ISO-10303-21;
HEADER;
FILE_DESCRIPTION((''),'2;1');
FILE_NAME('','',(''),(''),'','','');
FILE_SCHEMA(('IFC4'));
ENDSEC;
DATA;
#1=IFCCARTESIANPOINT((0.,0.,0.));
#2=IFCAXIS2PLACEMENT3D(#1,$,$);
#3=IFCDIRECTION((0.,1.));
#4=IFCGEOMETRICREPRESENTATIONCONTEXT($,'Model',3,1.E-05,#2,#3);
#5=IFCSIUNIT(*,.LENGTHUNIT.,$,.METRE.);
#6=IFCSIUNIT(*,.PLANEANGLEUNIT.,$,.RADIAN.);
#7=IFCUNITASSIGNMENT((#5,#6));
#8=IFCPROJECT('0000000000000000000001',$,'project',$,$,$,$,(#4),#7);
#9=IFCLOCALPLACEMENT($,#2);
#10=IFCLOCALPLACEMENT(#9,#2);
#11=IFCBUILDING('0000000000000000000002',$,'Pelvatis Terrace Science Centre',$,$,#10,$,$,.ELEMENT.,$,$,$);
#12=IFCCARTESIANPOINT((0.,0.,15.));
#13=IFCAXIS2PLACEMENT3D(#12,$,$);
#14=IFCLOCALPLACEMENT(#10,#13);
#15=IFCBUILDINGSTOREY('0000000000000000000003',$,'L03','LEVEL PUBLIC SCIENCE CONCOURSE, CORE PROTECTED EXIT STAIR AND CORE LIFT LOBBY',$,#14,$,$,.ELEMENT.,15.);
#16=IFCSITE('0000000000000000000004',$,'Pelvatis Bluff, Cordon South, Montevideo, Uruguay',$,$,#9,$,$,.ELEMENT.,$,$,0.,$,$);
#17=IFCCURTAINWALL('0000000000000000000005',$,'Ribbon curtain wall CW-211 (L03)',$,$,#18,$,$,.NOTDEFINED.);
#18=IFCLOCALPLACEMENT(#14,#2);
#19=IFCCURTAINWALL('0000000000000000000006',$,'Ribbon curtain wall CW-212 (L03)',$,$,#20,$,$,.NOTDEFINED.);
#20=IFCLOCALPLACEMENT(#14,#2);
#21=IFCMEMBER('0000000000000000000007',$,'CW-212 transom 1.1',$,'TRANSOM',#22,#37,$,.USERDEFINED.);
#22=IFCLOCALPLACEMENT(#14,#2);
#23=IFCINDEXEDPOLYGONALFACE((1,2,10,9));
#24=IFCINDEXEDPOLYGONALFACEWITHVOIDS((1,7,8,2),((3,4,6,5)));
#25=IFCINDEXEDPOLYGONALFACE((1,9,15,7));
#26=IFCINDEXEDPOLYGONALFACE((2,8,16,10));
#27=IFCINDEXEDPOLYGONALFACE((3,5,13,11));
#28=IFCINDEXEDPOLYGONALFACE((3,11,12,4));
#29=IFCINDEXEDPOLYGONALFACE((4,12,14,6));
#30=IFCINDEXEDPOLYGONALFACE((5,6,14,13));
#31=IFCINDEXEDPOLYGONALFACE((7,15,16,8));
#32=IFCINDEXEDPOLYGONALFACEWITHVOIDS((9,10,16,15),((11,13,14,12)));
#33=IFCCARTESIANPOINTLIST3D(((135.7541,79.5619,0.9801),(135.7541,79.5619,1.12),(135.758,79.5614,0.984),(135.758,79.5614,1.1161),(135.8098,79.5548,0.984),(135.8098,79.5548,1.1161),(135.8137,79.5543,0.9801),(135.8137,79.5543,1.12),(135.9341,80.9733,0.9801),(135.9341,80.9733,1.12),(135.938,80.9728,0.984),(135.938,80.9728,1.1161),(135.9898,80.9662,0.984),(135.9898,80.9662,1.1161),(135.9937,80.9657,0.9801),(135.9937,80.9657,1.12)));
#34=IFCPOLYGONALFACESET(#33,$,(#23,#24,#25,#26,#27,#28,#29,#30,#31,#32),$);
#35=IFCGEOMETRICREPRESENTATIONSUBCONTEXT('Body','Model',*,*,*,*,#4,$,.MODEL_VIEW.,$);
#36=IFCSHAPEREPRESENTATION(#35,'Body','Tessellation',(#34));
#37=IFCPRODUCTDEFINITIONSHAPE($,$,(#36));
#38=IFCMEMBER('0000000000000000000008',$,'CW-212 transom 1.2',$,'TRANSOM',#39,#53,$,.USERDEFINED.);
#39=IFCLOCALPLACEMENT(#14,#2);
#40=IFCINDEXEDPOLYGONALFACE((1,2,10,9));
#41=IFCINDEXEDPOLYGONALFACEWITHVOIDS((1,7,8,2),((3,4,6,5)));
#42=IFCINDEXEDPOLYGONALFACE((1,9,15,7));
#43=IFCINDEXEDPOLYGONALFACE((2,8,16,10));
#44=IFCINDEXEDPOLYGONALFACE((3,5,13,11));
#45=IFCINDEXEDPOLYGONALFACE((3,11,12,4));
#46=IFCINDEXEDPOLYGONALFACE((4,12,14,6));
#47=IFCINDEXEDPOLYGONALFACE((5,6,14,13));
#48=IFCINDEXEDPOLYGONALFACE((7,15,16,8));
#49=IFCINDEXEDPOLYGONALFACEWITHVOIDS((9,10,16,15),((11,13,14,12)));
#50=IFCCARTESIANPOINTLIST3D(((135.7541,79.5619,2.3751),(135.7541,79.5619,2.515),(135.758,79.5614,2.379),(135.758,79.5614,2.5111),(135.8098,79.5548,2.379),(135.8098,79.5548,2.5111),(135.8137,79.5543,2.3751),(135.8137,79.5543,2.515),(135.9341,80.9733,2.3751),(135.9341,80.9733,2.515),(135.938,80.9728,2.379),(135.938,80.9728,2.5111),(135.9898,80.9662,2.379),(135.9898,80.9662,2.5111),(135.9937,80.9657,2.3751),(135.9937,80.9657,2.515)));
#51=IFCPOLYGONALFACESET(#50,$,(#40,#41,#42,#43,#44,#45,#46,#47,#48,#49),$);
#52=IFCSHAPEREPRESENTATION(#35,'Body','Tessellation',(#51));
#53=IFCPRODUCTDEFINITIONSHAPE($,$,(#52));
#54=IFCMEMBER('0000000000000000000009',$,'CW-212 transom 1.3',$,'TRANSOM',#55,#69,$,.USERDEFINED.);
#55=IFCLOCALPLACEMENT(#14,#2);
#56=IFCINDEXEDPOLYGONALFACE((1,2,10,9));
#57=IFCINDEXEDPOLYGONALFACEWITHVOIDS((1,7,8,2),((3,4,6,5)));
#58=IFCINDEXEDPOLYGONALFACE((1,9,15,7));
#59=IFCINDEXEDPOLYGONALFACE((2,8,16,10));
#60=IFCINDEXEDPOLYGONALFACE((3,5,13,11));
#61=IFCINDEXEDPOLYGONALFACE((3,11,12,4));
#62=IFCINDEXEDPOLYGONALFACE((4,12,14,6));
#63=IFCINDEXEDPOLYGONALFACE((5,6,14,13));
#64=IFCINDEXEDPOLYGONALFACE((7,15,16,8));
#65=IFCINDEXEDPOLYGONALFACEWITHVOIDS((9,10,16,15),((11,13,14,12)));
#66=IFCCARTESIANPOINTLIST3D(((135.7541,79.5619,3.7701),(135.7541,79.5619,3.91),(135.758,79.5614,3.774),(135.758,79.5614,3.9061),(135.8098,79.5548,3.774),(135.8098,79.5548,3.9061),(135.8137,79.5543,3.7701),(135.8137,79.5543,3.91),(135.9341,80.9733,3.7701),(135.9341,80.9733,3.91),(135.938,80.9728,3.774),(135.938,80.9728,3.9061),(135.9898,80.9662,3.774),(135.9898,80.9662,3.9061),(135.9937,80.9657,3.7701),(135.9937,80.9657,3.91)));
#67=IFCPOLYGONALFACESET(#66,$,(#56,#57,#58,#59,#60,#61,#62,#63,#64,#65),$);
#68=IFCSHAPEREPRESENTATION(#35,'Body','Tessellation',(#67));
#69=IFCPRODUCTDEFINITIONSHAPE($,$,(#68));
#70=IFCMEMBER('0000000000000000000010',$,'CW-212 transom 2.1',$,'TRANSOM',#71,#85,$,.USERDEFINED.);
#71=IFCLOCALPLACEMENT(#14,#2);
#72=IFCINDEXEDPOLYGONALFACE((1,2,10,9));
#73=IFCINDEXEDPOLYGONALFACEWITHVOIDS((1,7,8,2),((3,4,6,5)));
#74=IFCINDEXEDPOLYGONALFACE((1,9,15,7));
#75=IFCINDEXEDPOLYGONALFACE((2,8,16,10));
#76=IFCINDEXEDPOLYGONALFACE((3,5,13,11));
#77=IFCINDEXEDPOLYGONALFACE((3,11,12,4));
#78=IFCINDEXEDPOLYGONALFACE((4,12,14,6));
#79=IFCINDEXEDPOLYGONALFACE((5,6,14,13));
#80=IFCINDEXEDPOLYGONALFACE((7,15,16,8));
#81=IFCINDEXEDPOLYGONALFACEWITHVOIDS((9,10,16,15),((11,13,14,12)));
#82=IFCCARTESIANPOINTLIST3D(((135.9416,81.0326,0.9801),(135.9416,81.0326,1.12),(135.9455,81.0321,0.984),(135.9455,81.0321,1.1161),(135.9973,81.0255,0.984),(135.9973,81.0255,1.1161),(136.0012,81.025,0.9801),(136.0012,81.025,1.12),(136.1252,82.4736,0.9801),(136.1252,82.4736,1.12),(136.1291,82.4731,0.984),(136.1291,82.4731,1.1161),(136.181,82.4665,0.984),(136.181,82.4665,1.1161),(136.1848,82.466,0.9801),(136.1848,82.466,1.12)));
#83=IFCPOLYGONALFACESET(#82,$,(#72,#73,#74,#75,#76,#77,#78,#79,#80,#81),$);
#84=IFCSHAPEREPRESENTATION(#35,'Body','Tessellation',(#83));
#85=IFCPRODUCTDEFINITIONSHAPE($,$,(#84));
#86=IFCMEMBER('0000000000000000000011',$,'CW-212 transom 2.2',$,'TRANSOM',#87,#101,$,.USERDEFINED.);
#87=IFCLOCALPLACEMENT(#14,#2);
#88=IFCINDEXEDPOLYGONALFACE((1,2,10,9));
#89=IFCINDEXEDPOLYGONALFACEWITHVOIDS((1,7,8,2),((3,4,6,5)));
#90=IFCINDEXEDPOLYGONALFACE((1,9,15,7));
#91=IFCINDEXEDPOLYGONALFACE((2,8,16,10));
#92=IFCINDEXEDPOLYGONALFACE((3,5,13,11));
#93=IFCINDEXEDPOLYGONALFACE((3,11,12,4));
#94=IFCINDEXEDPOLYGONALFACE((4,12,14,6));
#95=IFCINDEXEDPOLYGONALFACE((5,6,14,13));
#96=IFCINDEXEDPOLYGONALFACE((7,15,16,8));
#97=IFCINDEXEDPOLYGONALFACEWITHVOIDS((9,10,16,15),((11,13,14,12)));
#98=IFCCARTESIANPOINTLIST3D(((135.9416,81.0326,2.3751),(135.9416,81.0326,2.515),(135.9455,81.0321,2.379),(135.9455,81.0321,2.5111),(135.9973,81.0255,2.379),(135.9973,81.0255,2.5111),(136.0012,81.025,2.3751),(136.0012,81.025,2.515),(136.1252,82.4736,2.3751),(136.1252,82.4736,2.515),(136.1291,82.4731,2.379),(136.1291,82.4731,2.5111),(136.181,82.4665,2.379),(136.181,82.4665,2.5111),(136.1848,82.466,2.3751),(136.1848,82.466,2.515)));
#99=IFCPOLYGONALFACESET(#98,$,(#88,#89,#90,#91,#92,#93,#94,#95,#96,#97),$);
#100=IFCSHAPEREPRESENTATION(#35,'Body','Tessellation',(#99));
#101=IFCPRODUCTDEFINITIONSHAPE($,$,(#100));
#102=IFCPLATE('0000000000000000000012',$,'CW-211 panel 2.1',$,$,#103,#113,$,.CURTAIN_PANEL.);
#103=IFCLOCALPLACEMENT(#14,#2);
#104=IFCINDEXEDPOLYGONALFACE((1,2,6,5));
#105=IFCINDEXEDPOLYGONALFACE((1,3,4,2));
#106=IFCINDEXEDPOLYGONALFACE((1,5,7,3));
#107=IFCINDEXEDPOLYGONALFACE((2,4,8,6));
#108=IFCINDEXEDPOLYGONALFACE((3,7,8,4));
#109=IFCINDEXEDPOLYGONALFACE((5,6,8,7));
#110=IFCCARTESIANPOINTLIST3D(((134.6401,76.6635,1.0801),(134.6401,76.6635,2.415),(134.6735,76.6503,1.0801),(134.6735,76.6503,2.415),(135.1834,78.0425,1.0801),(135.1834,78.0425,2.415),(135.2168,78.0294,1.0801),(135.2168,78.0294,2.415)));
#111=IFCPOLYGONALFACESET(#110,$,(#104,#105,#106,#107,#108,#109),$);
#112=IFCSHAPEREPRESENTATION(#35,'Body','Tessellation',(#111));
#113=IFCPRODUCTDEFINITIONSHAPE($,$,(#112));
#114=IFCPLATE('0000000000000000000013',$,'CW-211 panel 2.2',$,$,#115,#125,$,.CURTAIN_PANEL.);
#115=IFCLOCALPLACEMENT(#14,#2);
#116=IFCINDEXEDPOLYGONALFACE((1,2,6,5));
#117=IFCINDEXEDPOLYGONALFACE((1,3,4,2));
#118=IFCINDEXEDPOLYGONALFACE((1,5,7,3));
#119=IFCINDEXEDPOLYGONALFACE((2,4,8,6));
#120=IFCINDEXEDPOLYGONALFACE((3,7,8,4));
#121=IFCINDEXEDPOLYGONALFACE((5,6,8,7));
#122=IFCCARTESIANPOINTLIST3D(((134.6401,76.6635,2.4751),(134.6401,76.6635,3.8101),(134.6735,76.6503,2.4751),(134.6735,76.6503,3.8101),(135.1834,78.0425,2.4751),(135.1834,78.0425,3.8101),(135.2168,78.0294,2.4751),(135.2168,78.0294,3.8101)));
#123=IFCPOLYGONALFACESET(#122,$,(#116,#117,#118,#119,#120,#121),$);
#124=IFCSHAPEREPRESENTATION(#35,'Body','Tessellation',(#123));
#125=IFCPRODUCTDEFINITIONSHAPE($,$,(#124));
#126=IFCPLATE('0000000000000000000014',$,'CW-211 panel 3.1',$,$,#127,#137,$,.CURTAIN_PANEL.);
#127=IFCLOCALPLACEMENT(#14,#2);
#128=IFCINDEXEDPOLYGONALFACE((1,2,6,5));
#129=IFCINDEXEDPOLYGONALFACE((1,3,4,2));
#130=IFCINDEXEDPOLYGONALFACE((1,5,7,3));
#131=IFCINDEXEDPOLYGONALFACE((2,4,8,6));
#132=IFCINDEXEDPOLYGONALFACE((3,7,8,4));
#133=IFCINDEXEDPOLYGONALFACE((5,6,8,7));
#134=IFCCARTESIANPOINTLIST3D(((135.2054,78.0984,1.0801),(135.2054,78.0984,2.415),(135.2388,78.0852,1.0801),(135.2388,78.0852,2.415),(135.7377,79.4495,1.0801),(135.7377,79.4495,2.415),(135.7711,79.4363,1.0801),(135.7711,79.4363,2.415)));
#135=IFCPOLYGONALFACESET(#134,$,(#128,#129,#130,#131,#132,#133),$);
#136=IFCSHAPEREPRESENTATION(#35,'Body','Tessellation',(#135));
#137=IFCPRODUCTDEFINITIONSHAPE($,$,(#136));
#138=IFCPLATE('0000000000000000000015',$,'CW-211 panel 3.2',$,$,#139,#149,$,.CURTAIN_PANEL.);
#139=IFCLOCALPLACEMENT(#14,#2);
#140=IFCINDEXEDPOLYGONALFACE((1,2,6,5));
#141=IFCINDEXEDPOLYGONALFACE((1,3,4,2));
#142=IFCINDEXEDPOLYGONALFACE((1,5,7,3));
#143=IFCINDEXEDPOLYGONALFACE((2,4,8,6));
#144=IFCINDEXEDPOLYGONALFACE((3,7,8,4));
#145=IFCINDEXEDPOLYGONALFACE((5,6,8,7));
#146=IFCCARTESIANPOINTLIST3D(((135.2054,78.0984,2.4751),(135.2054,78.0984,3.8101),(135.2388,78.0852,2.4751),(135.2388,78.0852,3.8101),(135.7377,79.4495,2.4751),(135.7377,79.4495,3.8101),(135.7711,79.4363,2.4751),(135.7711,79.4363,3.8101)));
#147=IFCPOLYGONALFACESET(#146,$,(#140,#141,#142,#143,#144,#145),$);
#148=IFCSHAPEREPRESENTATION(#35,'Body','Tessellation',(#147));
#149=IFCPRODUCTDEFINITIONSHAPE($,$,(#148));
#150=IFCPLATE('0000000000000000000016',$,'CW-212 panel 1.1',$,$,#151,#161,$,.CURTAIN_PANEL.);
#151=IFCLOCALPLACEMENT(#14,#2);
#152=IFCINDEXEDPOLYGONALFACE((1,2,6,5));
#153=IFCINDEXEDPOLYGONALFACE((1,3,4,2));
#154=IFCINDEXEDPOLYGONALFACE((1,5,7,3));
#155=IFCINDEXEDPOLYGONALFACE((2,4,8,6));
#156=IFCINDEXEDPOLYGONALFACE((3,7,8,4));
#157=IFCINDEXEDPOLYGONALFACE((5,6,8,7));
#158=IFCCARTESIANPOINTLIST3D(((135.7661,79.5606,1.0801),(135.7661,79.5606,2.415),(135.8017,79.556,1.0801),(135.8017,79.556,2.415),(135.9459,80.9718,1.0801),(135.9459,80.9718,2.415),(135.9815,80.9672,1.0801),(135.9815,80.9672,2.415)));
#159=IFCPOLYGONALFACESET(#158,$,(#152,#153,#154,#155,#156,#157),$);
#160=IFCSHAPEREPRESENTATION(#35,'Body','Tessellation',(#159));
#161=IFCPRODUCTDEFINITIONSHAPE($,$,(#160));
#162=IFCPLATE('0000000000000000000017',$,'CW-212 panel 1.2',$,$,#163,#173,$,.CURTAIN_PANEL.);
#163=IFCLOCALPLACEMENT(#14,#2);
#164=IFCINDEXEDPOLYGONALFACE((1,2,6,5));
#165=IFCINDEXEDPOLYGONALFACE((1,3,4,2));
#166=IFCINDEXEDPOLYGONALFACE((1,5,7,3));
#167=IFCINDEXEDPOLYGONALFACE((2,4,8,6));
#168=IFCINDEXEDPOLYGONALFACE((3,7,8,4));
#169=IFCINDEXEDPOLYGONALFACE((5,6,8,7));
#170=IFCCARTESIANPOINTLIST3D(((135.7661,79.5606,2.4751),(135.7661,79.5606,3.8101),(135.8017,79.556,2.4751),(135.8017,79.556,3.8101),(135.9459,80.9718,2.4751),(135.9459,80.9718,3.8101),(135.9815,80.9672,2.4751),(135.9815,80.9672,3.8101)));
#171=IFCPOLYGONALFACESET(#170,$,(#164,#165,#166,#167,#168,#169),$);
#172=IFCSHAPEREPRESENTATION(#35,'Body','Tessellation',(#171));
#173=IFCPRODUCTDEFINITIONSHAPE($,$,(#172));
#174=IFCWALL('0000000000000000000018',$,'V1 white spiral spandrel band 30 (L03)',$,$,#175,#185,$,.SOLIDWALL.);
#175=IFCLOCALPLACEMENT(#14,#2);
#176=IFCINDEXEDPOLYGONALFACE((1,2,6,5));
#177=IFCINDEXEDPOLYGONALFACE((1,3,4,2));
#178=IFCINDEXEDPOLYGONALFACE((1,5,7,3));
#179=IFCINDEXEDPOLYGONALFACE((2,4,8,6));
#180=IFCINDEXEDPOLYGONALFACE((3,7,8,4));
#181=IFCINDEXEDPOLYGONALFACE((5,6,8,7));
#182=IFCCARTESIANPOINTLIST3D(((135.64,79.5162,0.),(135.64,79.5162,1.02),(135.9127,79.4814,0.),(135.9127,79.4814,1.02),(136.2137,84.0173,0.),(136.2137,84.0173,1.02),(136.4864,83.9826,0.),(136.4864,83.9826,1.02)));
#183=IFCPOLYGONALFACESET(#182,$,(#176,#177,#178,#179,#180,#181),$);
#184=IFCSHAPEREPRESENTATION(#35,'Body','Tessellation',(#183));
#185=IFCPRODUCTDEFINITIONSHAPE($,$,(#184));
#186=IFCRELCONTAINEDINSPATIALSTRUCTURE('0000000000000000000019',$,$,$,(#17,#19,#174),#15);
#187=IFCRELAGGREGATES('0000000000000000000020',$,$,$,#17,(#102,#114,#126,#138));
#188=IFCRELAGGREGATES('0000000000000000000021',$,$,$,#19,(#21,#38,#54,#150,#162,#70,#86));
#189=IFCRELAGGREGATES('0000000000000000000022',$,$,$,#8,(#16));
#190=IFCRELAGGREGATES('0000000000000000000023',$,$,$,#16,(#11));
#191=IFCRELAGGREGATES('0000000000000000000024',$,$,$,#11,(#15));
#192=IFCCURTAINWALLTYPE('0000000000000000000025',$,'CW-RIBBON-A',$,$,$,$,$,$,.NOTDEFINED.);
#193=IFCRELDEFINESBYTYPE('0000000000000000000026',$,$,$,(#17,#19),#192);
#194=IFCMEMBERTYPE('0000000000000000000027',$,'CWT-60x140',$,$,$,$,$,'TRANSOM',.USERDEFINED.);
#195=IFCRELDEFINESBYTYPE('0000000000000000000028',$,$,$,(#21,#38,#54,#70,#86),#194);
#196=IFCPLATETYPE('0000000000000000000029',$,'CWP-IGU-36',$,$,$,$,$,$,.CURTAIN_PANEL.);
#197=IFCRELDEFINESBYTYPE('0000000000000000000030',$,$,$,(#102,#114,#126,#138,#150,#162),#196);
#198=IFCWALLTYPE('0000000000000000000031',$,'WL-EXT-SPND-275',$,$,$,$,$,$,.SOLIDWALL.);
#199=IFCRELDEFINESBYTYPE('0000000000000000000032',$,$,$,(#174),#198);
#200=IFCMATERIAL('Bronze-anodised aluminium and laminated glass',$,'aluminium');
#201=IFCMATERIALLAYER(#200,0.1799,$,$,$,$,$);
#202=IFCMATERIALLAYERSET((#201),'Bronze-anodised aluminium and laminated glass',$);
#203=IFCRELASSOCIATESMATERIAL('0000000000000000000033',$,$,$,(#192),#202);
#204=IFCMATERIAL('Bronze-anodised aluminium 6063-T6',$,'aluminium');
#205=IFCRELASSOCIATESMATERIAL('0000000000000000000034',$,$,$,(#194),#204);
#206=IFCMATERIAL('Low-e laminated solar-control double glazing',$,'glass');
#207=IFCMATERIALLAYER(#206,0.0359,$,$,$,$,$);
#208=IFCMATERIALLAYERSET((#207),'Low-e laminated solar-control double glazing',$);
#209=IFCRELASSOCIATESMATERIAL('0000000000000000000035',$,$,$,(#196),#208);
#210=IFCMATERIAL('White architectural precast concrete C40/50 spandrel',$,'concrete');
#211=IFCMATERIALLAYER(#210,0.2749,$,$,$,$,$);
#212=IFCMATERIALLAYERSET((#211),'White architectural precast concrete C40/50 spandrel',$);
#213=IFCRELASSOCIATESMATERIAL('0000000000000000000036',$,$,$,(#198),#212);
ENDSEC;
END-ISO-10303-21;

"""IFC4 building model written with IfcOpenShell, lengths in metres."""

from ifc_helpers import new_model, si_unit, direction, frame, frame_2d, origin, origin_2d, place, context, subcontext, project, spatial, rectangle, hollow_rectangle, extrude, material, layer, layer_set, material_profile, profile_set, type_object, element, aggregate, save


model = new_model("IFC4")

# Units and contexts
model_context = context("Model", 3, precision=1e-05, world=origin(), true_north=direction((0.0, 1.0)))
body_context = subcontext(model_context, "Body", "Model", "MODEL_VIEW")
ifc_project = project(units=[si_unit("LENGTHUNIT", "METRE"), si_unit("PLANEANGLEUNIT", "RADIAN")], contexts=[model_context])

# Site, building, storey
site_placement = place(None, origin())
site = spatial("IfcSite", under=ifc_project, at=site_placement, Name="Pelvatis Bluff, Cordon South, Montevideo, Uruguay", CompositionType="ELEMENT", RefElevation=0.0)
building_placement = place(site_placement, origin())
building = spatial("IfcBuilding", under=site, at=building_placement, Name="Pelvatis Terrace Science Centre", CompositionType="ELEMENT")
storey_placement = place(building_placement, frame((0.0, 0.0, 15.0)))
storey = spatial("IfcBuildingStorey", under=building, at=storey_placement, Name="L03", Description="LEVEL PUBLIC SCIENCE CONCOURSE, CORE PROTECTED EXIT STAIR AND CORE LIFT LOBBY", CompositionType="ELEMENT", Elevation=15.0)

# Curtain walls
ifc_material_1 = material(Name="Bronze-anodised aluminium and laminated glass", Category="aluminium")
ifc_layer_1 = layer(ifc_material_1, 0.1799)
ifc_layer_set_1 = layer_set([ifc_layer_1], Name="Bronze-anodised aluminium and laminated glass")
curtain_wall_type = type_object("IfcCurtainWallType", Name="CW-RIBBON-A", PredefinedType="NOTDEFINED", material=ifc_layer_set_1)
curtain_wall_1_placement = place(storey_placement, origin())
curtain_wall_1 = element("IfcCurtainWall", 1, at=curtain_wall_1_placement, inside=storey, type_object=curtain_wall_type, Name="Ribbon curtain wall CW-211 (L03)", PredefinedType="NOTDEFINED")
curtain_wall_2_placement = place(storey_placement, origin())
curtain_wall_2 = element("IfcCurtainWall", 2, at=curtain_wall_2_placement, inside=storey, type_object=curtain_wall_type, Name="Ribbon curtain wall CW-212 (L03)", PredefinedType="NOTDEFINED")

# Members
ifc_material_2 = material(Name="Bronze-anodised aluminium 6063-T6", Category="aluminium")
ifc_material_profile_1 = material_profile(ifc_material_2, hollow_rectangle(XDim=0.0601, YDim=0.1399, WallThickness=0.0039, at=origin_2d()), Name="ALU-TRN 60x140")
ifc_profile_set_1 = profile_set([ifc_material_profile_1], Name="Bronze-anodised aluminium 6063-T6")
member_type_1 = type_object("IfcMemberType", Name="CWT-60x140", ElementType="TRANSOM", PredefinedType="USERDEFINED", material=ifc_profile_set_1)
member_1_placement = place(storey_placement, frame((135.7839, 79.5581, 1.05), z_axis=(0.126463, 0.991971, 0.0), x_axis=(-0.991971, 0.126463, 0.0)))
member_1 = element("IfcMember", 3, at=member_1_placement, type_object=member_type_1, Name="CW-212 transom 1.1", ObjectType="TRANSOM", PredefinedType="USERDEFINED", context=body_context, shape_type="SweptSolid", body=[
    extrude(hollow_rectangle(XDim=0.0601, YDim=0.1399, WallThickness=0.0039, at=origin_2d()), origin(), (0.0, 0.0, 1.0), 1.4229),
])
member_2_placement = place(storey_placement, frame((135.7839, 79.5581, 2.4451), z_axis=(0.126463, 0.991971, 0.0), x_axis=(-0.991971, 0.126463, 0.0)))
member_2 = element("IfcMember", 4, at=member_2_placement, type_object=member_type_1, Name="CW-212 transom 1.2", ObjectType="TRANSOM", PredefinedType="USERDEFINED", context=body_context, shape_type="SweptSolid", body=[
    extrude(hollow_rectangle(XDim=0.0601, YDim=0.1399, WallThickness=0.0039, at=origin_2d()), origin(), (0.0, 0.0, 1.0), 1.4229),
])
member_3_placement = place(storey_placement, frame((135.7839, 79.5581, 3.8401), z_axis=(0.126463, 0.991971, 0.0), x_axis=(-0.991971, 0.126463, 0.0)))
member_3 = element("IfcMember", 5, at=member_3_placement, type_object=member_type_1, Name="CW-212 transom 1.3", ObjectType="TRANSOM", PredefinedType="USERDEFINED", context=body_context, shape_type="SweptSolid", body=[
    extrude(hollow_rectangle(XDim=0.0601, YDim=0.1399, WallThickness=0.0039, at=origin_2d()), origin(), (0.0, 0.0, 1.0), 1.4229),
])
member_4_placement = place(storey_placement, frame((135.9714, 81.0288, 1.05), z_axis=(0.126393, 0.99198, 0.0), x_axis=(-0.99198, 0.126393, 0.0)))
member_4 = element("IfcMember", 6, at=member_4_placement, type_object=member_type_1, Name="CW-212 transom 2.1", ObjectType="TRANSOM", PredefinedType="USERDEFINED", context=body_context, shape_type="SweptSolid", body=[
    extrude(hollow_rectangle(XDim=0.0601, YDim=0.1399, WallThickness=0.0039, at=origin_2d()), origin(), (0.0, 0.0, 1.0), 1.4526),
])
member_5_placement = place(storey_placement, frame((135.9714, 81.0288, 2.4451), z_axis=(0.126393, 0.99198, 0.0), x_axis=(-0.99198, 0.126393, 0.0)))
member_5 = element("IfcMember", 7, at=member_5_placement, type_object=member_type_1, Name="CW-212 transom 2.2", ObjectType="TRANSOM", PredefinedType="USERDEFINED", context=body_context, shape_type="SweptSolid", body=[
    extrude(hollow_rectangle(XDim=0.0601, YDim=0.1399, WallThickness=0.0039, at=origin_2d()), origin(), (0.0, 0.0, 1.0), 1.4526),
])

# Plates
ifc_material_3 = material(Name="Low-e laminated solar-control double glazing", Category="glass")
ifc_layer_2 = layer(ifc_material_3, 0.0359)
ifc_layer_set_2 = layer_set([ifc_layer_2], Name="Low-e laminated solar-control double glazing")
plate_type = type_object("IfcPlateType", Name="CWP-IGU-36", PredefinedType="CURTAIN_PANEL", material=ifc_layer_set_2)
plate_1_placement = place(storey_placement, frame((134.9285, 77.3464, 1.0801), z_axis=(0.0, 0.0, 1.0), x_axis=(0.366541, 0.930402, 0.0)))
plate_1 = element("IfcPlate", 8, at=plate_1_placement, type_object=plate_type, Name="CW-211 panel 2.1", PredefinedType="CURTAIN_PANEL", context=body_context, shape_type="SweptSolid", body=[
    extrude(rectangle(XDim=1.4822, YDim=0.0359, at=origin_2d()), origin(), (0.0, 0.0, 1.0), 1.335),
])
plate_2_placement = place(storey_placement, frame((134.9285, 77.3464, 2.4751), z_axis=(0.0, 0.0, 1.0), x_axis=(0.366541, 0.930402, 0.0)))
plate_2 = element("IfcPlate", 9, at=plate_2_placement, type_object=plate_type, Name="CW-211 panel 2.2", PredefinedType="CURTAIN_PANEL", context=body_context, shape_type="SweptSolid", body=[
    extrude(rectangle(XDim=1.4822, YDim=0.0359, at=origin_2d()), origin(), (0.0, 0.0, 1.0), 1.335),
])
plate_3_placement = place(storey_placement, frame((135.4883, 78.7673, 1.0801), z_axis=(0.0, 0.0, 1.0), x_axis=(0.366541, 0.930402, 0.0)))
plate_3 = element("IfcPlate", 10, at=plate_3_placement, type_object=plate_type, Name="CW-211 panel 3.1", PredefinedType="CURTAIN_PANEL", context=body_context, shape_type="SweptSolid", body=[
    extrude(rectangle(XDim=1.4521, YDim=0.0359, at=origin_2d()), origin(), (0.0, 0.0, 1.0), 1.335),
])
plate_4_placement = place(storey_placement, frame((135.4883, 78.7673, 2.4751), z_axis=(0.0, 0.0, 1.0), x_axis=(0.366541, 0.930402, 0.0)))
plate_4 = element("IfcPlate", 11, at=plate_4_placement, type_object=plate_type, Name="CW-211 panel 3.2", PredefinedType="CURTAIN_PANEL", context=body_context, shape_type="SweptSolid", body=[
    extrude(rectangle(XDim=1.4521, YDim=0.0359, at=origin_2d()), origin(), (0.0, 0.0, 1.0), 1.335),
])
aggregate(curtain_wall_1, [plate_1, plate_2, plate_3, plate_4])
plate_5_placement = place(storey_placement, frame((135.8738, 80.2639, 1.0801), z_axis=(0.0, 0.0, 1.0), x_axis=(0.126408, 0.991978, 0.0)))
plate_5 = element("IfcPlate", 12, at=plate_5_placement, type_object=plate_type, Name="CW-212 panel 1.1", PredefinedType="CURTAIN_PANEL", context=body_context, shape_type="SweptSolid", body=[
    extrude(rectangle(XDim=1.4226, YDim=0.0359, at=origin_2d()), origin(), (0.0, 0.0, 1.0), 1.335),
])
plate_6_placement = place(storey_placement, frame((135.8738, 80.2639, 2.4751), z_axis=(0.0, 0.0, 1.0), x_axis=(0.126408, 0.991978, 0.0)))
plate_6 = element("IfcPlate", 13, at=plate_6_placement, type_object=plate_type, Name="CW-212 panel 1.2", PredefinedType="CURTAIN_PANEL", context=body_context, shape_type="SweptSolid", body=[
    extrude(rectangle(XDim=1.4226, YDim=0.0359, at=origin_2d()), origin(), (0.0, 0.0, 1.0), 1.335),
])
aggregate(curtain_wall_2, [member_1, member_2, member_3, plate_5, plate_6, member_4, member_5])

# Wall
ifc_material_4 = material(Name="White architectural precast concrete C40/50 spandrel", Category="concrete")
ifc_layer_3 = layer(ifc_material_4, 0.2749)
ifc_layer_set_3 = layer_set([ifc_layer_3], Name="White architectural precast concrete C40/50 spandrel")
wall_type_1 = type_object("IfcWallType", Name="WL-EXT-SPND-275", PredefinedType="SOLIDWALL", material=ifc_layer_set_3)
wall_1_placement = place(storey_placement, frame((135.7764, 79.4988, 0.0), z_axis=(0.0, 0.0, 1.0), x_axis=(0.126438, 0.991974, 0.0)))
element("IfcWall", 14, at=wall_1_placement, inside=storey, type_object=wall_type_1, Name="V1 white spiral spandrel band 30 (L03)", PredefinedType="SOLIDWALL", context=body_context, shape_type="SweptSolid", body=[
    extrude(rectangle(XDim=4.5376, YDim=0.2749, at=frame_2d((2.2688, 0.0))), origin(), (0.0, 0.0, 1.0), 1.02),
])

save(model, "model.ifc")
